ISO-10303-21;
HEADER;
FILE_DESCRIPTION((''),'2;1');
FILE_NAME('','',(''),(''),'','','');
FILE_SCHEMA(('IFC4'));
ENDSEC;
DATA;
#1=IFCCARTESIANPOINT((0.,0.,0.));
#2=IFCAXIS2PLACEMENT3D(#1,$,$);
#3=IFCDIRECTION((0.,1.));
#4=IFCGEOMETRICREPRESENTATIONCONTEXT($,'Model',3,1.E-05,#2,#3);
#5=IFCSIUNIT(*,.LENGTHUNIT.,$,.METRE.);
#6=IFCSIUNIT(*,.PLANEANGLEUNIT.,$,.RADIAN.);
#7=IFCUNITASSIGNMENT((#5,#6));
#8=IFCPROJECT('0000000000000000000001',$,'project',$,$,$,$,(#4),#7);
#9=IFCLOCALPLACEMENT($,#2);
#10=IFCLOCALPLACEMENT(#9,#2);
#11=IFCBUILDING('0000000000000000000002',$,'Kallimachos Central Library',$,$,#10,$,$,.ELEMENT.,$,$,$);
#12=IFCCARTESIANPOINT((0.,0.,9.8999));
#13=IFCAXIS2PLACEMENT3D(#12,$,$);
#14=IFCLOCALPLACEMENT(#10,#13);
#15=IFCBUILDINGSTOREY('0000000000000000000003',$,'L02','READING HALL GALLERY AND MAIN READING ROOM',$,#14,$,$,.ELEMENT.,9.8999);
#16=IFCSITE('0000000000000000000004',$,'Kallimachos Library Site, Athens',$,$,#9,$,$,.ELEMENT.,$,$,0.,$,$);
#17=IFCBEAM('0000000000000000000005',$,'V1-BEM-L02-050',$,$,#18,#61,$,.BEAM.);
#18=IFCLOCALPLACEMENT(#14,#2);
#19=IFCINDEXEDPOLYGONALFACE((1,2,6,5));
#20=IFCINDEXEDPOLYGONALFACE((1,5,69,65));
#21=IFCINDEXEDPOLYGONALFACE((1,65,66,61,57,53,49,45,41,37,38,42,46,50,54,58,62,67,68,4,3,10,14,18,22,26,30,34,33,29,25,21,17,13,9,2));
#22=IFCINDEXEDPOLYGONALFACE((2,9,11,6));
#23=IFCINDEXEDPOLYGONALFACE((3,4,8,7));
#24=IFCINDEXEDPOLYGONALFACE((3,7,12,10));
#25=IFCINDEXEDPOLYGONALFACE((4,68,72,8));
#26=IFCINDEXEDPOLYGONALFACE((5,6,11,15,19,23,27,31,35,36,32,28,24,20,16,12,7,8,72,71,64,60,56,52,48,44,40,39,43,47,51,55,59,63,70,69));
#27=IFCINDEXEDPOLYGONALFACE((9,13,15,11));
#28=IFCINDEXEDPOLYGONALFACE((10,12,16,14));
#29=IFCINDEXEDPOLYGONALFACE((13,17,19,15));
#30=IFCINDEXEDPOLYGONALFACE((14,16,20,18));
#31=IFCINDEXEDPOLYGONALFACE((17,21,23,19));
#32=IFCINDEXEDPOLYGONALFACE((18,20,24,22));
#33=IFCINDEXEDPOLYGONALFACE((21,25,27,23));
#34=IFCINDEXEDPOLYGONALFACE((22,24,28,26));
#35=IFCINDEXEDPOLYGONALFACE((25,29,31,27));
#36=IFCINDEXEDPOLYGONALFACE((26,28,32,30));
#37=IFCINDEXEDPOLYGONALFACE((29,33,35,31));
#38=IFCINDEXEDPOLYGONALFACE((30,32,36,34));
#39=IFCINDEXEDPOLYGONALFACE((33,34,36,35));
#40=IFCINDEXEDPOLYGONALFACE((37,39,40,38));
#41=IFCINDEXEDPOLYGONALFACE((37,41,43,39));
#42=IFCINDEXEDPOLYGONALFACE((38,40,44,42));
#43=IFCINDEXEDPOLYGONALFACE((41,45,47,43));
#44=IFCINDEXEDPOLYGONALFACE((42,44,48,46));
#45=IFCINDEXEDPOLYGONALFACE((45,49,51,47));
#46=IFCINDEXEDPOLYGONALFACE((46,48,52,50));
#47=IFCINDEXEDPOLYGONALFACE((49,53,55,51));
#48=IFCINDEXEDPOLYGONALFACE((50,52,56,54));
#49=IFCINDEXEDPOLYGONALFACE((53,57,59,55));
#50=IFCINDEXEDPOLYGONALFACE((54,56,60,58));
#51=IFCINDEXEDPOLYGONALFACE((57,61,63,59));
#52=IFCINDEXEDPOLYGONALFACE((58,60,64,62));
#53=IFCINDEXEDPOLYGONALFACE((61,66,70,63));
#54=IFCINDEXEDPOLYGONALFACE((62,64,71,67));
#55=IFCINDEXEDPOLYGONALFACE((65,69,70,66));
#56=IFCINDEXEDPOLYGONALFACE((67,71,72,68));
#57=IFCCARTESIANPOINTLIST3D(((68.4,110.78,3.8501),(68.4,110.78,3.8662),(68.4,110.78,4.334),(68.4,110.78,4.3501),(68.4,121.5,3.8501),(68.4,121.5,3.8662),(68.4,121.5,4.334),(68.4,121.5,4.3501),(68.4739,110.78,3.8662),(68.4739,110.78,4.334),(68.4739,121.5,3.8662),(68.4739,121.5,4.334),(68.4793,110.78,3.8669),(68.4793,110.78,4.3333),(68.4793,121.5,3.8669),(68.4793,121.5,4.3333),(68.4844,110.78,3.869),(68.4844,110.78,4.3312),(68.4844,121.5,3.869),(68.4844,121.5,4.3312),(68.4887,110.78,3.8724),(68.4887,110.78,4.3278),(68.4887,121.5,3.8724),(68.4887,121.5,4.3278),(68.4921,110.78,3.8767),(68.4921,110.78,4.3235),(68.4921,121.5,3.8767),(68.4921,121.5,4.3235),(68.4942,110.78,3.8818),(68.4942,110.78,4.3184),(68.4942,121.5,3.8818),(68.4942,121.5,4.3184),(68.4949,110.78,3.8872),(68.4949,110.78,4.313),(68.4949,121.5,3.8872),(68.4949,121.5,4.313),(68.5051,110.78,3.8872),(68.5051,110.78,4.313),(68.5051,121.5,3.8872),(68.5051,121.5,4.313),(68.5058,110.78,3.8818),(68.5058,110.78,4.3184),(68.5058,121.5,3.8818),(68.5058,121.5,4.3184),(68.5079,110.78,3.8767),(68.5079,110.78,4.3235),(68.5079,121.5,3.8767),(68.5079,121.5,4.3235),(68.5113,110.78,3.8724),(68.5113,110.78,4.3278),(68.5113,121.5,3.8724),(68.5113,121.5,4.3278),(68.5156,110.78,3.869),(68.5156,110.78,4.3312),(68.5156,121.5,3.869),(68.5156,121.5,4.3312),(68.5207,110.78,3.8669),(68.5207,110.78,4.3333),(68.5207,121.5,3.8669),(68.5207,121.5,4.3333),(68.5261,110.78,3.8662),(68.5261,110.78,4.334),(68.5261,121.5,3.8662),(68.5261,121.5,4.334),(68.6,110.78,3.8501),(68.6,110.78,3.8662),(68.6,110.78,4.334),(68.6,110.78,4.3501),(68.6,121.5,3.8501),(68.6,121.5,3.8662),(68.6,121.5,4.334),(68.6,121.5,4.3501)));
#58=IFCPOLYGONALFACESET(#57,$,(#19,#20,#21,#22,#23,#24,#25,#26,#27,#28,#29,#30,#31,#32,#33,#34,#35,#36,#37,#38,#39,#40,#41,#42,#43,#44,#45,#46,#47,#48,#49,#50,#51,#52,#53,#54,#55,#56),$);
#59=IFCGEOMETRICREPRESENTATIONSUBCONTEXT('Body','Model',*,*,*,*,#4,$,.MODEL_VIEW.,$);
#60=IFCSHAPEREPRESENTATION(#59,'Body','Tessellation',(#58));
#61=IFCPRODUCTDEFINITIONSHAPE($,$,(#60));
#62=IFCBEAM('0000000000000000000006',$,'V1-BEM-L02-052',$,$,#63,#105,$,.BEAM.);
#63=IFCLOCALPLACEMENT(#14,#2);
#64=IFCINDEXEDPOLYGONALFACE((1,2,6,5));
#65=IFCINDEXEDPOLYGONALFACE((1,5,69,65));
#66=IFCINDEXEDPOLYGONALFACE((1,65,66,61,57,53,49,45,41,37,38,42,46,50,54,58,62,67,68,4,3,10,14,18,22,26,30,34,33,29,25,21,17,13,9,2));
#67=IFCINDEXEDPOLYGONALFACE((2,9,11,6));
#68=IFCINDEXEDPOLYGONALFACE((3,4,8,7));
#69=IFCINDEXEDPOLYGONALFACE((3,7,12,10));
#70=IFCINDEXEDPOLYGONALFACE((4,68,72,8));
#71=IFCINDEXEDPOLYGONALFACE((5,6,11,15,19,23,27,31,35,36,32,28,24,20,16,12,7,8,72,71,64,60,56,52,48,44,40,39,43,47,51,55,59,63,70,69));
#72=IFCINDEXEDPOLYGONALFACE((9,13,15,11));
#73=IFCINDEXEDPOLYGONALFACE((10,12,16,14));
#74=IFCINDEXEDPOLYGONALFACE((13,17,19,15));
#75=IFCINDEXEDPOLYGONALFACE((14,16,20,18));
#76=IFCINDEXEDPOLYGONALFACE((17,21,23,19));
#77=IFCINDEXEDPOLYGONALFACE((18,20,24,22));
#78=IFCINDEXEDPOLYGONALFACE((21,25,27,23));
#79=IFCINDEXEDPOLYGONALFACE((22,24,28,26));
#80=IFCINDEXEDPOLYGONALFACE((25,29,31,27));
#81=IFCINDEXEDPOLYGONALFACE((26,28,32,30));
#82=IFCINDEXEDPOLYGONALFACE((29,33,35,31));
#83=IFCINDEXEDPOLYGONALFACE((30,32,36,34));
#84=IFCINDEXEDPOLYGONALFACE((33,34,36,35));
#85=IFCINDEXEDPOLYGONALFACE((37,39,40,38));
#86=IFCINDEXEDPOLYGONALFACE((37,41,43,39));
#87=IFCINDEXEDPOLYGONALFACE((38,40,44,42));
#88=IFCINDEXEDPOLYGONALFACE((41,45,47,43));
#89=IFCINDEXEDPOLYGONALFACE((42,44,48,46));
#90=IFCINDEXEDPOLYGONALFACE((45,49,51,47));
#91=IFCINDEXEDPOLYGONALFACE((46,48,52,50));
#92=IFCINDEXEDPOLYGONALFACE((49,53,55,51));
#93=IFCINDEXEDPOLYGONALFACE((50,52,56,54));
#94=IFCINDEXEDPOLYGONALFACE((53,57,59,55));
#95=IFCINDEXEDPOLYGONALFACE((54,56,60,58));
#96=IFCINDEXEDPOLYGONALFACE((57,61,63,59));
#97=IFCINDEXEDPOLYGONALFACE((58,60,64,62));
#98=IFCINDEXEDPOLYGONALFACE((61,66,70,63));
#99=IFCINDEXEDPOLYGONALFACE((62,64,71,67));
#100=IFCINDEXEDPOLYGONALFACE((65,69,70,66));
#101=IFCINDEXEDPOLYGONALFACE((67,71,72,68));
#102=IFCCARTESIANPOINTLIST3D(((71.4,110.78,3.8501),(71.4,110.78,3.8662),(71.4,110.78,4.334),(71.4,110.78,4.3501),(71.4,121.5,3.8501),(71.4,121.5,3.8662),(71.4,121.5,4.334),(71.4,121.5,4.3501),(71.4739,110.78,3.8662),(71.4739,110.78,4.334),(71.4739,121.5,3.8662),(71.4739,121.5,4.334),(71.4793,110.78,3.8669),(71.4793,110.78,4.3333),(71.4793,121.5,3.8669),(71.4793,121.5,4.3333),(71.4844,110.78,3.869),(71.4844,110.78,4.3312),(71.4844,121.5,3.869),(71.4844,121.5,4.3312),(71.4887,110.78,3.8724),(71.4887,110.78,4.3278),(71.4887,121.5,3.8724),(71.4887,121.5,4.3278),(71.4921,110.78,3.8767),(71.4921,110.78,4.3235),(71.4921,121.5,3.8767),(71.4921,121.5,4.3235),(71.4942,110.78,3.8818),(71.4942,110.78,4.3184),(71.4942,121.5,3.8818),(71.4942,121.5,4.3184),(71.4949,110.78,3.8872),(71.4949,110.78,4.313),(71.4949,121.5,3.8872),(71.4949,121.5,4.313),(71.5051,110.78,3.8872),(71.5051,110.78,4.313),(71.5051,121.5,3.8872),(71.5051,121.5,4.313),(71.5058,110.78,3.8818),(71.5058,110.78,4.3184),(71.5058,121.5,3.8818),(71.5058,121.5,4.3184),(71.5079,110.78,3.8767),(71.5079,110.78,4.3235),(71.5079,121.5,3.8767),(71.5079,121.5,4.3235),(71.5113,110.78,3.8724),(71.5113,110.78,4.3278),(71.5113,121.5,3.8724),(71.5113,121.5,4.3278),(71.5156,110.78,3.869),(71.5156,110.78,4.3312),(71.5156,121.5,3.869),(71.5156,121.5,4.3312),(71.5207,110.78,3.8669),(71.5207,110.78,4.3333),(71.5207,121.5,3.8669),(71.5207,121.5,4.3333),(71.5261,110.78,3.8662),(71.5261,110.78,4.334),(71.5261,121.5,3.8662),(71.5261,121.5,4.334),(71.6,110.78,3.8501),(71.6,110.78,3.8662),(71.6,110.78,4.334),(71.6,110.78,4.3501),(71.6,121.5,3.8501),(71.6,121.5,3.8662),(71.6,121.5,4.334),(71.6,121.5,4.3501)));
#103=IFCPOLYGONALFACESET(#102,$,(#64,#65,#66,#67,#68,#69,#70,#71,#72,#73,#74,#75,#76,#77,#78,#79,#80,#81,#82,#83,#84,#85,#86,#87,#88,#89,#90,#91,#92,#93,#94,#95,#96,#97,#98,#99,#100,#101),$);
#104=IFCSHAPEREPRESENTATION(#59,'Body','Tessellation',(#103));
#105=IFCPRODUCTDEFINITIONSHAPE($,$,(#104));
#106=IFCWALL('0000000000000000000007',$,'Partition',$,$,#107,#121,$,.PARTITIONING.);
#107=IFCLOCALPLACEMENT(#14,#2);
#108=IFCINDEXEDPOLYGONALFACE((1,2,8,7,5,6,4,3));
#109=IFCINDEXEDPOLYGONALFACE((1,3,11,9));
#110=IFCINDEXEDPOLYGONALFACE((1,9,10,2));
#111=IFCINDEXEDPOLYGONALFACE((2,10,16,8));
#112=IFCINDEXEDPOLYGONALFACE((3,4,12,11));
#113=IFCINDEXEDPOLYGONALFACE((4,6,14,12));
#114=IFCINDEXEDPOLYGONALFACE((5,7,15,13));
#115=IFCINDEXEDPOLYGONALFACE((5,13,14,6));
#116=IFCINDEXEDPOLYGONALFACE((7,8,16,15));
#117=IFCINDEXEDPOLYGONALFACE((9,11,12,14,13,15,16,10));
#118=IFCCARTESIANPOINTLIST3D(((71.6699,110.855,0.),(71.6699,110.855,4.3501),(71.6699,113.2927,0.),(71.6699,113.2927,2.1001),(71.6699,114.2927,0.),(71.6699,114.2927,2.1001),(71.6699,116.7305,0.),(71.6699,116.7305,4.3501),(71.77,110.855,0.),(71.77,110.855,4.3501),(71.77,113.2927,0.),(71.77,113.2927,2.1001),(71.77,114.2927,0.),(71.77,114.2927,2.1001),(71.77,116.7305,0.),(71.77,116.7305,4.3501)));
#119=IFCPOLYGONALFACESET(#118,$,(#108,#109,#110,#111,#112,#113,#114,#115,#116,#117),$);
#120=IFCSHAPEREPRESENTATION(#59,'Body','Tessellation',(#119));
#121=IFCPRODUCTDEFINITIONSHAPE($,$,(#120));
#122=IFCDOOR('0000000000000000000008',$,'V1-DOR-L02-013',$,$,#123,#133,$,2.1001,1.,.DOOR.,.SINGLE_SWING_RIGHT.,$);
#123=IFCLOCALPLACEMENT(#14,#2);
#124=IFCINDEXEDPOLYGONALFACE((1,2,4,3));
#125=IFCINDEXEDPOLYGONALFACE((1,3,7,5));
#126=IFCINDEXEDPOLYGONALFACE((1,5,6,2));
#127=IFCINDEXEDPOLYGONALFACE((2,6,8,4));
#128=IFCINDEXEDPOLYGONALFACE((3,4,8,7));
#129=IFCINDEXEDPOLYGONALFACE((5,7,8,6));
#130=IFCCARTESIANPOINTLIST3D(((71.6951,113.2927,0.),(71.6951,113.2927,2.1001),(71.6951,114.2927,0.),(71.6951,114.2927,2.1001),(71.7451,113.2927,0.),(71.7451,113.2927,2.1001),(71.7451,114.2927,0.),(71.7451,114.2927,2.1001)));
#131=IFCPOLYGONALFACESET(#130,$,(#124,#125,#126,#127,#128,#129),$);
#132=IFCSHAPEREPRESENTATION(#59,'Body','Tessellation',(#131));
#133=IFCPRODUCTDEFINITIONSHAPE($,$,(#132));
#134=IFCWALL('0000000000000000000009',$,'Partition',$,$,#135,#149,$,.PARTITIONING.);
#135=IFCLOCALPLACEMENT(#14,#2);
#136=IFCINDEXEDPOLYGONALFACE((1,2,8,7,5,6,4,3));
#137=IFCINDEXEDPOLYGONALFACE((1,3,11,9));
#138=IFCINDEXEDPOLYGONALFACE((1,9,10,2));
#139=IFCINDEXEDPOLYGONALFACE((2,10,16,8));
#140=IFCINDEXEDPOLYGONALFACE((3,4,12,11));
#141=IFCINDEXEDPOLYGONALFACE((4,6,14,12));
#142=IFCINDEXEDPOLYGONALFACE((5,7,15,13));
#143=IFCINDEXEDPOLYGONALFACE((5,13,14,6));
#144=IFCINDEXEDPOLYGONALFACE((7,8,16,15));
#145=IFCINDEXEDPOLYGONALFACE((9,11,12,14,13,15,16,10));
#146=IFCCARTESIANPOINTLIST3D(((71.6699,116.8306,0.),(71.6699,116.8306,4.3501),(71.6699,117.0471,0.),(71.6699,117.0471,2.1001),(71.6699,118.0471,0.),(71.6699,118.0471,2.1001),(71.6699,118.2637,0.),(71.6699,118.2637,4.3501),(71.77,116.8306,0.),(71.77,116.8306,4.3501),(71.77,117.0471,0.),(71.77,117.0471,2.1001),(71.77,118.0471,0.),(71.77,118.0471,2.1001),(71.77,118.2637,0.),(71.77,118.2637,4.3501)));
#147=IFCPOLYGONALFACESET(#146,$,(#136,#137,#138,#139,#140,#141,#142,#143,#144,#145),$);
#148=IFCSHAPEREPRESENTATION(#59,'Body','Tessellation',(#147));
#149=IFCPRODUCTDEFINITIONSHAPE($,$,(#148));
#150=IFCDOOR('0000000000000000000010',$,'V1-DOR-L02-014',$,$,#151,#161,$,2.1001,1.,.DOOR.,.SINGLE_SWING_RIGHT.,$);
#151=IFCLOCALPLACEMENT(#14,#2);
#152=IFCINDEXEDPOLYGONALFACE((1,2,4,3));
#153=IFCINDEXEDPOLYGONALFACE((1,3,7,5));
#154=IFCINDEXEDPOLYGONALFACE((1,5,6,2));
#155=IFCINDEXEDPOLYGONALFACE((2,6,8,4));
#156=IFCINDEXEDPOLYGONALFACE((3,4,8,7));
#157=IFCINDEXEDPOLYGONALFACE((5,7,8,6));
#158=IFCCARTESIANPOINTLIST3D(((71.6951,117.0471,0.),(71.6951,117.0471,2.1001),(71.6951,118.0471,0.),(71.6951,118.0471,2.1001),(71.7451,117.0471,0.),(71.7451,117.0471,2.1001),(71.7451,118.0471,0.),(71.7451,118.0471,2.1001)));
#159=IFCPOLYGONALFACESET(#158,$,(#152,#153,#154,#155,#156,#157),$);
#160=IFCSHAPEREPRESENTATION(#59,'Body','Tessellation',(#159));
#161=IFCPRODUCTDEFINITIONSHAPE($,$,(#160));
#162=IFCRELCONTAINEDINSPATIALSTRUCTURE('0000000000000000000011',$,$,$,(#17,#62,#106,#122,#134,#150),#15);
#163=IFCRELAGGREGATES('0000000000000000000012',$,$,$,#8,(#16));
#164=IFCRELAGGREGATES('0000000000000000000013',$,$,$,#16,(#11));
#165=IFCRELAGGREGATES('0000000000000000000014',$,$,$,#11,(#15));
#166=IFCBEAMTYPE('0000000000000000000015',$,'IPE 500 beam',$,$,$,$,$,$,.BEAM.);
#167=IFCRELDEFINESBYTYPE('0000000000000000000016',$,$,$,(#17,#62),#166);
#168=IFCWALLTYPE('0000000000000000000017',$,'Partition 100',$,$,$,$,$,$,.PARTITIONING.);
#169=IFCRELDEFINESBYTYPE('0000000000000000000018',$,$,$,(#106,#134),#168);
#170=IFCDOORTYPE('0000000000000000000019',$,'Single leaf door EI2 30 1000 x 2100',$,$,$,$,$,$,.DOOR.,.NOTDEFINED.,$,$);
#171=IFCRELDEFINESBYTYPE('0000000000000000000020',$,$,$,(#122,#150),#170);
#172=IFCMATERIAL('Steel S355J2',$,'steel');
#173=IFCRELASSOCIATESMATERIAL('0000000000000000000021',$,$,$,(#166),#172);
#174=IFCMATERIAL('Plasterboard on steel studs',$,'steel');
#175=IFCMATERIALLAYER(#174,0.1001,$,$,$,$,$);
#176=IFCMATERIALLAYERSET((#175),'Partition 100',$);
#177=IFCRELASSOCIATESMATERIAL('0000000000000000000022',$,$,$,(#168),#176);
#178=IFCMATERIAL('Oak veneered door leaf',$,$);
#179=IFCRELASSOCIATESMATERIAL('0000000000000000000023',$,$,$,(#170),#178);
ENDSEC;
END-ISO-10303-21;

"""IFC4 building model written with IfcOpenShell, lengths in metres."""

from ifc_helpers import new_model, si_unit, direction, frame, frame_2d, origin, origin_2d, place, context, subcontext, project, spatial, rectangle, i_section, extrude, material, layer, layer_set, material_profile, profile_set, type_object, element, fill, save


model = new_model("IFC4")

# Units and contexts
model_context = context("Model", 3, precision=1e-05, world=origin(), true_north=direction((0.0, 1.0)))
body_context = subcontext(model_context, "Body", "Model", "MODEL_VIEW")
ifc_project = project(units=[si_unit("LENGTHUNIT", "METRE"), si_unit("PLANEANGLEUNIT", "RADIAN")], contexts=[model_context])

# Site, building, storey
site_placement = place(None, origin())
site = spatial("IfcSite", under=ifc_project, at=site_placement, Name="Kallimachos Library Site, Athens", CompositionType="ELEMENT", RefElevation=0.0)
building_placement = place(site_placement, origin())
building = spatial("IfcBuilding", under=site, at=building_placement, Name="Kallimachos Central Library", CompositionType="ELEMENT")
storey_placement = place(building_placement, frame((0.0, 0.0, 9.8999)))
storey = spatial("IfcBuildingStorey", under=building, at=storey_placement, Name="L02", Description="READING HALL GALLERY AND MAIN READING ROOM", CompositionType="ELEMENT", Elevation=9.8999)

# Beams
ifc_material_1 = material(Name="Steel S355J2", Category="steel")
ifc_material_profile_1 = material_profile(ifc_material_1, i_section(OverallWidth=0.2, OverallDepth=0.5, WebThickness=0.0103, FlangeThickness=0.0161, FilletRadius=0.021, at=origin_2d()), Name="IPE 500")
ifc_profile_set_1 = profile_set([ifc_material_profile_1], Name="Steel S355J2")
beam_type_1 = type_object("IfcBeamType", Name="IPE 500 beam", PredefinedType="BEAM", material=ifc_profile_set_1)
for number, where, z_axis, x_axis, name in (
    (1, (68.5, 110.78, 4.1001), (0.0, 1.0, 0.0), (-1.0, 0.0, 0.0), "V1-BEM-L02-050"),
    (2, (71.5, 110.78, 4.1001), (0.0, 1.0, 0.0), (-1.0, 0.0, 0.0), "V1-BEM-L02-052"),
):
    element("IfcBeam", number, at=place(storey_placement, frame(where, z_axis=z_axis, x_axis=x_axis)), inside=storey, type_object=beam_type_1, Name=name, PredefinedType="BEAM", context=body_context, shape_type="SweptSolid", body=[
        extrude(i_section(OverallWidth=0.2, OverallDepth=0.5, WebThickness=0.0103, FlangeThickness=0.0161, FilletRadius=0.021, at=origin_2d()), origin(), (0.0, 0.0, 1.0), 10.72),
    ])

# Walls, openings, doors
ifc_material_2 = material(Name="Plasterboard on steel studs", Category="steel")
ifc_layer = layer(ifc_material_2, 0.1001)
ifc_layer_set = layer_set([ifc_layer], Name="Partition 100")
wall_type = type_object("IfcWallType", Name="Partition 100", PredefinedType="PARTITIONING", material=ifc_layer_set)
wall_1_placement = place(storey_placement, frame((71.72, 116.7305, 0.0), z_axis=(0.0, 0.0, 1.0), x_axis=(0.0, -1.0, 0.0)))
wall_1 = element("IfcWall", 3, at=wall_1_placement, inside=storey, type_object=wall_type, Name="Partition", PredefinedType="PARTITIONING", context=body_context, shape_type="SweptSolid", body=[
    extrude(rectangle(XDim=5.8755, YDim=0.1001, at=frame_2d((2.9377, 0.0))), origin(), (0.0, 0.0, 1.0), 4.3501),
])
opening_1_placement = place(wall_1_placement, frame((2.4377, 0.0, 0.0)))
opening_1 = element("IfcOpeningElement", 4, at=opening_1_placement, cuts=wall_1, PredefinedType="OPENING", context=body_context, shape_type="SweptSolid", body=[
    extrude(rectangle(XDim=1.0, YDim=2.1001, at=frame_2d((0.5, 1.05))), frame((0.0, 0.0601, 0.0), z_axis=(0.0, -1.0, 0.0), x_axis=(1.0, 0.0, 0.0)), (0.0, 0.0, 1.0), 0.1201),
])
ifc_material_3 = material(Name="Oak veneered door leaf")
door_type = type_object("IfcDoorType", Name="Single leaf door EI2 30 1000 x 2100", OperationType="NOTDEFINED", PredefinedType="DOOR", material=ifc_material_3)
door_1_placement = place(opening_1_placement, frame((1.0, 0.0, 0.0), z_axis=(0.0, 0.0, 1.0), x_axis=(-1.0, 0.0, 0.0)))
door_1 = element("IfcDoor", 5, at=door_1_placement, inside=storey, type_object=door_type, Name="V1-DOR-L02-013", OperationType="SINGLE_SWING_RIGHT", OverallHeight=2.1001, OverallWidth=1.0, PredefinedType="DOOR", context=body_context, shape_type="SweptSolid", body=[
    extrude(rectangle(XDim=1.0, YDim=2.1001, at=frame_2d((0.5, 1.05))), frame((0.0, 0.0249, 0.0), z_axis=(0.0, -1.0, 0.0), x_axis=(1.0, 0.0, 0.0)), (0.0, 0.0, 1.0), 0.05),
])
fill(opening_1, door_1)
wall_2_placement = place(storey_placement, frame((71.72, 118.2637, 0.0), z_axis=(0.0, 0.0, 1.0), x_axis=(0.0, -1.0, 0.0)))
wall_2 = element("IfcWall", 6, at=wall_2_placement, inside=storey, type_object=wall_type, Name="Partition", PredefinedType="PARTITIONING", context=body_context, shape_type="SweptSolid", body=[
    extrude(rectangle(XDim=1.4331, YDim=0.1001, at=frame_2d((0.7166, 0.0))), origin(), (0.0, 0.0, 1.0), 4.3501),
])
opening_2_placement = place(wall_2_placement, frame((0.2166, 0.0, 0.0)))
opening_2 = element("IfcOpeningElement", 7, at=opening_2_placement, cuts=wall_2, PredefinedType="OPENING", context=body_context, shape_type="SweptSolid", body=[
    extrude(rectangle(XDim=1.0, YDim=2.1001, at=frame_2d((0.5, 1.05))), frame((0.0, 0.0601, 0.0), z_axis=(0.0, -1.0, 0.0), x_axis=(1.0, 0.0, 0.0)), (0.0, 0.0, 1.0), 0.1201),
])
door_2_placement = place(opening_2_placement, frame((1.0, 0.0, 0.0), z_axis=(0.0, 0.0, 1.0), x_axis=(-1.0, 0.0, 0.0)))
door_2 = element("IfcDoor", 8, at=door_2_placement, inside=storey, type_object=door_type, Name="V1-DOR-L02-014", OperationType="SINGLE_SWING_RIGHT", OverallHeight=2.1001, OverallWidth=1.0, PredefinedType="DOOR", context=body_context, shape_type="SweptSolid", body=[
    extrude(rectangle(XDim=1.0, YDim=2.1001, at=frame_2d((0.5, 1.05))), frame((0.0, 0.0249, 0.0), z_axis=(0.0, -1.0, 0.0), x_axis=(1.0, 0.0, 0.0)), (0.0, 0.0, 1.0), 0.05),
])
fill(opening_2, door_2)

save(model, "model.ifc")
